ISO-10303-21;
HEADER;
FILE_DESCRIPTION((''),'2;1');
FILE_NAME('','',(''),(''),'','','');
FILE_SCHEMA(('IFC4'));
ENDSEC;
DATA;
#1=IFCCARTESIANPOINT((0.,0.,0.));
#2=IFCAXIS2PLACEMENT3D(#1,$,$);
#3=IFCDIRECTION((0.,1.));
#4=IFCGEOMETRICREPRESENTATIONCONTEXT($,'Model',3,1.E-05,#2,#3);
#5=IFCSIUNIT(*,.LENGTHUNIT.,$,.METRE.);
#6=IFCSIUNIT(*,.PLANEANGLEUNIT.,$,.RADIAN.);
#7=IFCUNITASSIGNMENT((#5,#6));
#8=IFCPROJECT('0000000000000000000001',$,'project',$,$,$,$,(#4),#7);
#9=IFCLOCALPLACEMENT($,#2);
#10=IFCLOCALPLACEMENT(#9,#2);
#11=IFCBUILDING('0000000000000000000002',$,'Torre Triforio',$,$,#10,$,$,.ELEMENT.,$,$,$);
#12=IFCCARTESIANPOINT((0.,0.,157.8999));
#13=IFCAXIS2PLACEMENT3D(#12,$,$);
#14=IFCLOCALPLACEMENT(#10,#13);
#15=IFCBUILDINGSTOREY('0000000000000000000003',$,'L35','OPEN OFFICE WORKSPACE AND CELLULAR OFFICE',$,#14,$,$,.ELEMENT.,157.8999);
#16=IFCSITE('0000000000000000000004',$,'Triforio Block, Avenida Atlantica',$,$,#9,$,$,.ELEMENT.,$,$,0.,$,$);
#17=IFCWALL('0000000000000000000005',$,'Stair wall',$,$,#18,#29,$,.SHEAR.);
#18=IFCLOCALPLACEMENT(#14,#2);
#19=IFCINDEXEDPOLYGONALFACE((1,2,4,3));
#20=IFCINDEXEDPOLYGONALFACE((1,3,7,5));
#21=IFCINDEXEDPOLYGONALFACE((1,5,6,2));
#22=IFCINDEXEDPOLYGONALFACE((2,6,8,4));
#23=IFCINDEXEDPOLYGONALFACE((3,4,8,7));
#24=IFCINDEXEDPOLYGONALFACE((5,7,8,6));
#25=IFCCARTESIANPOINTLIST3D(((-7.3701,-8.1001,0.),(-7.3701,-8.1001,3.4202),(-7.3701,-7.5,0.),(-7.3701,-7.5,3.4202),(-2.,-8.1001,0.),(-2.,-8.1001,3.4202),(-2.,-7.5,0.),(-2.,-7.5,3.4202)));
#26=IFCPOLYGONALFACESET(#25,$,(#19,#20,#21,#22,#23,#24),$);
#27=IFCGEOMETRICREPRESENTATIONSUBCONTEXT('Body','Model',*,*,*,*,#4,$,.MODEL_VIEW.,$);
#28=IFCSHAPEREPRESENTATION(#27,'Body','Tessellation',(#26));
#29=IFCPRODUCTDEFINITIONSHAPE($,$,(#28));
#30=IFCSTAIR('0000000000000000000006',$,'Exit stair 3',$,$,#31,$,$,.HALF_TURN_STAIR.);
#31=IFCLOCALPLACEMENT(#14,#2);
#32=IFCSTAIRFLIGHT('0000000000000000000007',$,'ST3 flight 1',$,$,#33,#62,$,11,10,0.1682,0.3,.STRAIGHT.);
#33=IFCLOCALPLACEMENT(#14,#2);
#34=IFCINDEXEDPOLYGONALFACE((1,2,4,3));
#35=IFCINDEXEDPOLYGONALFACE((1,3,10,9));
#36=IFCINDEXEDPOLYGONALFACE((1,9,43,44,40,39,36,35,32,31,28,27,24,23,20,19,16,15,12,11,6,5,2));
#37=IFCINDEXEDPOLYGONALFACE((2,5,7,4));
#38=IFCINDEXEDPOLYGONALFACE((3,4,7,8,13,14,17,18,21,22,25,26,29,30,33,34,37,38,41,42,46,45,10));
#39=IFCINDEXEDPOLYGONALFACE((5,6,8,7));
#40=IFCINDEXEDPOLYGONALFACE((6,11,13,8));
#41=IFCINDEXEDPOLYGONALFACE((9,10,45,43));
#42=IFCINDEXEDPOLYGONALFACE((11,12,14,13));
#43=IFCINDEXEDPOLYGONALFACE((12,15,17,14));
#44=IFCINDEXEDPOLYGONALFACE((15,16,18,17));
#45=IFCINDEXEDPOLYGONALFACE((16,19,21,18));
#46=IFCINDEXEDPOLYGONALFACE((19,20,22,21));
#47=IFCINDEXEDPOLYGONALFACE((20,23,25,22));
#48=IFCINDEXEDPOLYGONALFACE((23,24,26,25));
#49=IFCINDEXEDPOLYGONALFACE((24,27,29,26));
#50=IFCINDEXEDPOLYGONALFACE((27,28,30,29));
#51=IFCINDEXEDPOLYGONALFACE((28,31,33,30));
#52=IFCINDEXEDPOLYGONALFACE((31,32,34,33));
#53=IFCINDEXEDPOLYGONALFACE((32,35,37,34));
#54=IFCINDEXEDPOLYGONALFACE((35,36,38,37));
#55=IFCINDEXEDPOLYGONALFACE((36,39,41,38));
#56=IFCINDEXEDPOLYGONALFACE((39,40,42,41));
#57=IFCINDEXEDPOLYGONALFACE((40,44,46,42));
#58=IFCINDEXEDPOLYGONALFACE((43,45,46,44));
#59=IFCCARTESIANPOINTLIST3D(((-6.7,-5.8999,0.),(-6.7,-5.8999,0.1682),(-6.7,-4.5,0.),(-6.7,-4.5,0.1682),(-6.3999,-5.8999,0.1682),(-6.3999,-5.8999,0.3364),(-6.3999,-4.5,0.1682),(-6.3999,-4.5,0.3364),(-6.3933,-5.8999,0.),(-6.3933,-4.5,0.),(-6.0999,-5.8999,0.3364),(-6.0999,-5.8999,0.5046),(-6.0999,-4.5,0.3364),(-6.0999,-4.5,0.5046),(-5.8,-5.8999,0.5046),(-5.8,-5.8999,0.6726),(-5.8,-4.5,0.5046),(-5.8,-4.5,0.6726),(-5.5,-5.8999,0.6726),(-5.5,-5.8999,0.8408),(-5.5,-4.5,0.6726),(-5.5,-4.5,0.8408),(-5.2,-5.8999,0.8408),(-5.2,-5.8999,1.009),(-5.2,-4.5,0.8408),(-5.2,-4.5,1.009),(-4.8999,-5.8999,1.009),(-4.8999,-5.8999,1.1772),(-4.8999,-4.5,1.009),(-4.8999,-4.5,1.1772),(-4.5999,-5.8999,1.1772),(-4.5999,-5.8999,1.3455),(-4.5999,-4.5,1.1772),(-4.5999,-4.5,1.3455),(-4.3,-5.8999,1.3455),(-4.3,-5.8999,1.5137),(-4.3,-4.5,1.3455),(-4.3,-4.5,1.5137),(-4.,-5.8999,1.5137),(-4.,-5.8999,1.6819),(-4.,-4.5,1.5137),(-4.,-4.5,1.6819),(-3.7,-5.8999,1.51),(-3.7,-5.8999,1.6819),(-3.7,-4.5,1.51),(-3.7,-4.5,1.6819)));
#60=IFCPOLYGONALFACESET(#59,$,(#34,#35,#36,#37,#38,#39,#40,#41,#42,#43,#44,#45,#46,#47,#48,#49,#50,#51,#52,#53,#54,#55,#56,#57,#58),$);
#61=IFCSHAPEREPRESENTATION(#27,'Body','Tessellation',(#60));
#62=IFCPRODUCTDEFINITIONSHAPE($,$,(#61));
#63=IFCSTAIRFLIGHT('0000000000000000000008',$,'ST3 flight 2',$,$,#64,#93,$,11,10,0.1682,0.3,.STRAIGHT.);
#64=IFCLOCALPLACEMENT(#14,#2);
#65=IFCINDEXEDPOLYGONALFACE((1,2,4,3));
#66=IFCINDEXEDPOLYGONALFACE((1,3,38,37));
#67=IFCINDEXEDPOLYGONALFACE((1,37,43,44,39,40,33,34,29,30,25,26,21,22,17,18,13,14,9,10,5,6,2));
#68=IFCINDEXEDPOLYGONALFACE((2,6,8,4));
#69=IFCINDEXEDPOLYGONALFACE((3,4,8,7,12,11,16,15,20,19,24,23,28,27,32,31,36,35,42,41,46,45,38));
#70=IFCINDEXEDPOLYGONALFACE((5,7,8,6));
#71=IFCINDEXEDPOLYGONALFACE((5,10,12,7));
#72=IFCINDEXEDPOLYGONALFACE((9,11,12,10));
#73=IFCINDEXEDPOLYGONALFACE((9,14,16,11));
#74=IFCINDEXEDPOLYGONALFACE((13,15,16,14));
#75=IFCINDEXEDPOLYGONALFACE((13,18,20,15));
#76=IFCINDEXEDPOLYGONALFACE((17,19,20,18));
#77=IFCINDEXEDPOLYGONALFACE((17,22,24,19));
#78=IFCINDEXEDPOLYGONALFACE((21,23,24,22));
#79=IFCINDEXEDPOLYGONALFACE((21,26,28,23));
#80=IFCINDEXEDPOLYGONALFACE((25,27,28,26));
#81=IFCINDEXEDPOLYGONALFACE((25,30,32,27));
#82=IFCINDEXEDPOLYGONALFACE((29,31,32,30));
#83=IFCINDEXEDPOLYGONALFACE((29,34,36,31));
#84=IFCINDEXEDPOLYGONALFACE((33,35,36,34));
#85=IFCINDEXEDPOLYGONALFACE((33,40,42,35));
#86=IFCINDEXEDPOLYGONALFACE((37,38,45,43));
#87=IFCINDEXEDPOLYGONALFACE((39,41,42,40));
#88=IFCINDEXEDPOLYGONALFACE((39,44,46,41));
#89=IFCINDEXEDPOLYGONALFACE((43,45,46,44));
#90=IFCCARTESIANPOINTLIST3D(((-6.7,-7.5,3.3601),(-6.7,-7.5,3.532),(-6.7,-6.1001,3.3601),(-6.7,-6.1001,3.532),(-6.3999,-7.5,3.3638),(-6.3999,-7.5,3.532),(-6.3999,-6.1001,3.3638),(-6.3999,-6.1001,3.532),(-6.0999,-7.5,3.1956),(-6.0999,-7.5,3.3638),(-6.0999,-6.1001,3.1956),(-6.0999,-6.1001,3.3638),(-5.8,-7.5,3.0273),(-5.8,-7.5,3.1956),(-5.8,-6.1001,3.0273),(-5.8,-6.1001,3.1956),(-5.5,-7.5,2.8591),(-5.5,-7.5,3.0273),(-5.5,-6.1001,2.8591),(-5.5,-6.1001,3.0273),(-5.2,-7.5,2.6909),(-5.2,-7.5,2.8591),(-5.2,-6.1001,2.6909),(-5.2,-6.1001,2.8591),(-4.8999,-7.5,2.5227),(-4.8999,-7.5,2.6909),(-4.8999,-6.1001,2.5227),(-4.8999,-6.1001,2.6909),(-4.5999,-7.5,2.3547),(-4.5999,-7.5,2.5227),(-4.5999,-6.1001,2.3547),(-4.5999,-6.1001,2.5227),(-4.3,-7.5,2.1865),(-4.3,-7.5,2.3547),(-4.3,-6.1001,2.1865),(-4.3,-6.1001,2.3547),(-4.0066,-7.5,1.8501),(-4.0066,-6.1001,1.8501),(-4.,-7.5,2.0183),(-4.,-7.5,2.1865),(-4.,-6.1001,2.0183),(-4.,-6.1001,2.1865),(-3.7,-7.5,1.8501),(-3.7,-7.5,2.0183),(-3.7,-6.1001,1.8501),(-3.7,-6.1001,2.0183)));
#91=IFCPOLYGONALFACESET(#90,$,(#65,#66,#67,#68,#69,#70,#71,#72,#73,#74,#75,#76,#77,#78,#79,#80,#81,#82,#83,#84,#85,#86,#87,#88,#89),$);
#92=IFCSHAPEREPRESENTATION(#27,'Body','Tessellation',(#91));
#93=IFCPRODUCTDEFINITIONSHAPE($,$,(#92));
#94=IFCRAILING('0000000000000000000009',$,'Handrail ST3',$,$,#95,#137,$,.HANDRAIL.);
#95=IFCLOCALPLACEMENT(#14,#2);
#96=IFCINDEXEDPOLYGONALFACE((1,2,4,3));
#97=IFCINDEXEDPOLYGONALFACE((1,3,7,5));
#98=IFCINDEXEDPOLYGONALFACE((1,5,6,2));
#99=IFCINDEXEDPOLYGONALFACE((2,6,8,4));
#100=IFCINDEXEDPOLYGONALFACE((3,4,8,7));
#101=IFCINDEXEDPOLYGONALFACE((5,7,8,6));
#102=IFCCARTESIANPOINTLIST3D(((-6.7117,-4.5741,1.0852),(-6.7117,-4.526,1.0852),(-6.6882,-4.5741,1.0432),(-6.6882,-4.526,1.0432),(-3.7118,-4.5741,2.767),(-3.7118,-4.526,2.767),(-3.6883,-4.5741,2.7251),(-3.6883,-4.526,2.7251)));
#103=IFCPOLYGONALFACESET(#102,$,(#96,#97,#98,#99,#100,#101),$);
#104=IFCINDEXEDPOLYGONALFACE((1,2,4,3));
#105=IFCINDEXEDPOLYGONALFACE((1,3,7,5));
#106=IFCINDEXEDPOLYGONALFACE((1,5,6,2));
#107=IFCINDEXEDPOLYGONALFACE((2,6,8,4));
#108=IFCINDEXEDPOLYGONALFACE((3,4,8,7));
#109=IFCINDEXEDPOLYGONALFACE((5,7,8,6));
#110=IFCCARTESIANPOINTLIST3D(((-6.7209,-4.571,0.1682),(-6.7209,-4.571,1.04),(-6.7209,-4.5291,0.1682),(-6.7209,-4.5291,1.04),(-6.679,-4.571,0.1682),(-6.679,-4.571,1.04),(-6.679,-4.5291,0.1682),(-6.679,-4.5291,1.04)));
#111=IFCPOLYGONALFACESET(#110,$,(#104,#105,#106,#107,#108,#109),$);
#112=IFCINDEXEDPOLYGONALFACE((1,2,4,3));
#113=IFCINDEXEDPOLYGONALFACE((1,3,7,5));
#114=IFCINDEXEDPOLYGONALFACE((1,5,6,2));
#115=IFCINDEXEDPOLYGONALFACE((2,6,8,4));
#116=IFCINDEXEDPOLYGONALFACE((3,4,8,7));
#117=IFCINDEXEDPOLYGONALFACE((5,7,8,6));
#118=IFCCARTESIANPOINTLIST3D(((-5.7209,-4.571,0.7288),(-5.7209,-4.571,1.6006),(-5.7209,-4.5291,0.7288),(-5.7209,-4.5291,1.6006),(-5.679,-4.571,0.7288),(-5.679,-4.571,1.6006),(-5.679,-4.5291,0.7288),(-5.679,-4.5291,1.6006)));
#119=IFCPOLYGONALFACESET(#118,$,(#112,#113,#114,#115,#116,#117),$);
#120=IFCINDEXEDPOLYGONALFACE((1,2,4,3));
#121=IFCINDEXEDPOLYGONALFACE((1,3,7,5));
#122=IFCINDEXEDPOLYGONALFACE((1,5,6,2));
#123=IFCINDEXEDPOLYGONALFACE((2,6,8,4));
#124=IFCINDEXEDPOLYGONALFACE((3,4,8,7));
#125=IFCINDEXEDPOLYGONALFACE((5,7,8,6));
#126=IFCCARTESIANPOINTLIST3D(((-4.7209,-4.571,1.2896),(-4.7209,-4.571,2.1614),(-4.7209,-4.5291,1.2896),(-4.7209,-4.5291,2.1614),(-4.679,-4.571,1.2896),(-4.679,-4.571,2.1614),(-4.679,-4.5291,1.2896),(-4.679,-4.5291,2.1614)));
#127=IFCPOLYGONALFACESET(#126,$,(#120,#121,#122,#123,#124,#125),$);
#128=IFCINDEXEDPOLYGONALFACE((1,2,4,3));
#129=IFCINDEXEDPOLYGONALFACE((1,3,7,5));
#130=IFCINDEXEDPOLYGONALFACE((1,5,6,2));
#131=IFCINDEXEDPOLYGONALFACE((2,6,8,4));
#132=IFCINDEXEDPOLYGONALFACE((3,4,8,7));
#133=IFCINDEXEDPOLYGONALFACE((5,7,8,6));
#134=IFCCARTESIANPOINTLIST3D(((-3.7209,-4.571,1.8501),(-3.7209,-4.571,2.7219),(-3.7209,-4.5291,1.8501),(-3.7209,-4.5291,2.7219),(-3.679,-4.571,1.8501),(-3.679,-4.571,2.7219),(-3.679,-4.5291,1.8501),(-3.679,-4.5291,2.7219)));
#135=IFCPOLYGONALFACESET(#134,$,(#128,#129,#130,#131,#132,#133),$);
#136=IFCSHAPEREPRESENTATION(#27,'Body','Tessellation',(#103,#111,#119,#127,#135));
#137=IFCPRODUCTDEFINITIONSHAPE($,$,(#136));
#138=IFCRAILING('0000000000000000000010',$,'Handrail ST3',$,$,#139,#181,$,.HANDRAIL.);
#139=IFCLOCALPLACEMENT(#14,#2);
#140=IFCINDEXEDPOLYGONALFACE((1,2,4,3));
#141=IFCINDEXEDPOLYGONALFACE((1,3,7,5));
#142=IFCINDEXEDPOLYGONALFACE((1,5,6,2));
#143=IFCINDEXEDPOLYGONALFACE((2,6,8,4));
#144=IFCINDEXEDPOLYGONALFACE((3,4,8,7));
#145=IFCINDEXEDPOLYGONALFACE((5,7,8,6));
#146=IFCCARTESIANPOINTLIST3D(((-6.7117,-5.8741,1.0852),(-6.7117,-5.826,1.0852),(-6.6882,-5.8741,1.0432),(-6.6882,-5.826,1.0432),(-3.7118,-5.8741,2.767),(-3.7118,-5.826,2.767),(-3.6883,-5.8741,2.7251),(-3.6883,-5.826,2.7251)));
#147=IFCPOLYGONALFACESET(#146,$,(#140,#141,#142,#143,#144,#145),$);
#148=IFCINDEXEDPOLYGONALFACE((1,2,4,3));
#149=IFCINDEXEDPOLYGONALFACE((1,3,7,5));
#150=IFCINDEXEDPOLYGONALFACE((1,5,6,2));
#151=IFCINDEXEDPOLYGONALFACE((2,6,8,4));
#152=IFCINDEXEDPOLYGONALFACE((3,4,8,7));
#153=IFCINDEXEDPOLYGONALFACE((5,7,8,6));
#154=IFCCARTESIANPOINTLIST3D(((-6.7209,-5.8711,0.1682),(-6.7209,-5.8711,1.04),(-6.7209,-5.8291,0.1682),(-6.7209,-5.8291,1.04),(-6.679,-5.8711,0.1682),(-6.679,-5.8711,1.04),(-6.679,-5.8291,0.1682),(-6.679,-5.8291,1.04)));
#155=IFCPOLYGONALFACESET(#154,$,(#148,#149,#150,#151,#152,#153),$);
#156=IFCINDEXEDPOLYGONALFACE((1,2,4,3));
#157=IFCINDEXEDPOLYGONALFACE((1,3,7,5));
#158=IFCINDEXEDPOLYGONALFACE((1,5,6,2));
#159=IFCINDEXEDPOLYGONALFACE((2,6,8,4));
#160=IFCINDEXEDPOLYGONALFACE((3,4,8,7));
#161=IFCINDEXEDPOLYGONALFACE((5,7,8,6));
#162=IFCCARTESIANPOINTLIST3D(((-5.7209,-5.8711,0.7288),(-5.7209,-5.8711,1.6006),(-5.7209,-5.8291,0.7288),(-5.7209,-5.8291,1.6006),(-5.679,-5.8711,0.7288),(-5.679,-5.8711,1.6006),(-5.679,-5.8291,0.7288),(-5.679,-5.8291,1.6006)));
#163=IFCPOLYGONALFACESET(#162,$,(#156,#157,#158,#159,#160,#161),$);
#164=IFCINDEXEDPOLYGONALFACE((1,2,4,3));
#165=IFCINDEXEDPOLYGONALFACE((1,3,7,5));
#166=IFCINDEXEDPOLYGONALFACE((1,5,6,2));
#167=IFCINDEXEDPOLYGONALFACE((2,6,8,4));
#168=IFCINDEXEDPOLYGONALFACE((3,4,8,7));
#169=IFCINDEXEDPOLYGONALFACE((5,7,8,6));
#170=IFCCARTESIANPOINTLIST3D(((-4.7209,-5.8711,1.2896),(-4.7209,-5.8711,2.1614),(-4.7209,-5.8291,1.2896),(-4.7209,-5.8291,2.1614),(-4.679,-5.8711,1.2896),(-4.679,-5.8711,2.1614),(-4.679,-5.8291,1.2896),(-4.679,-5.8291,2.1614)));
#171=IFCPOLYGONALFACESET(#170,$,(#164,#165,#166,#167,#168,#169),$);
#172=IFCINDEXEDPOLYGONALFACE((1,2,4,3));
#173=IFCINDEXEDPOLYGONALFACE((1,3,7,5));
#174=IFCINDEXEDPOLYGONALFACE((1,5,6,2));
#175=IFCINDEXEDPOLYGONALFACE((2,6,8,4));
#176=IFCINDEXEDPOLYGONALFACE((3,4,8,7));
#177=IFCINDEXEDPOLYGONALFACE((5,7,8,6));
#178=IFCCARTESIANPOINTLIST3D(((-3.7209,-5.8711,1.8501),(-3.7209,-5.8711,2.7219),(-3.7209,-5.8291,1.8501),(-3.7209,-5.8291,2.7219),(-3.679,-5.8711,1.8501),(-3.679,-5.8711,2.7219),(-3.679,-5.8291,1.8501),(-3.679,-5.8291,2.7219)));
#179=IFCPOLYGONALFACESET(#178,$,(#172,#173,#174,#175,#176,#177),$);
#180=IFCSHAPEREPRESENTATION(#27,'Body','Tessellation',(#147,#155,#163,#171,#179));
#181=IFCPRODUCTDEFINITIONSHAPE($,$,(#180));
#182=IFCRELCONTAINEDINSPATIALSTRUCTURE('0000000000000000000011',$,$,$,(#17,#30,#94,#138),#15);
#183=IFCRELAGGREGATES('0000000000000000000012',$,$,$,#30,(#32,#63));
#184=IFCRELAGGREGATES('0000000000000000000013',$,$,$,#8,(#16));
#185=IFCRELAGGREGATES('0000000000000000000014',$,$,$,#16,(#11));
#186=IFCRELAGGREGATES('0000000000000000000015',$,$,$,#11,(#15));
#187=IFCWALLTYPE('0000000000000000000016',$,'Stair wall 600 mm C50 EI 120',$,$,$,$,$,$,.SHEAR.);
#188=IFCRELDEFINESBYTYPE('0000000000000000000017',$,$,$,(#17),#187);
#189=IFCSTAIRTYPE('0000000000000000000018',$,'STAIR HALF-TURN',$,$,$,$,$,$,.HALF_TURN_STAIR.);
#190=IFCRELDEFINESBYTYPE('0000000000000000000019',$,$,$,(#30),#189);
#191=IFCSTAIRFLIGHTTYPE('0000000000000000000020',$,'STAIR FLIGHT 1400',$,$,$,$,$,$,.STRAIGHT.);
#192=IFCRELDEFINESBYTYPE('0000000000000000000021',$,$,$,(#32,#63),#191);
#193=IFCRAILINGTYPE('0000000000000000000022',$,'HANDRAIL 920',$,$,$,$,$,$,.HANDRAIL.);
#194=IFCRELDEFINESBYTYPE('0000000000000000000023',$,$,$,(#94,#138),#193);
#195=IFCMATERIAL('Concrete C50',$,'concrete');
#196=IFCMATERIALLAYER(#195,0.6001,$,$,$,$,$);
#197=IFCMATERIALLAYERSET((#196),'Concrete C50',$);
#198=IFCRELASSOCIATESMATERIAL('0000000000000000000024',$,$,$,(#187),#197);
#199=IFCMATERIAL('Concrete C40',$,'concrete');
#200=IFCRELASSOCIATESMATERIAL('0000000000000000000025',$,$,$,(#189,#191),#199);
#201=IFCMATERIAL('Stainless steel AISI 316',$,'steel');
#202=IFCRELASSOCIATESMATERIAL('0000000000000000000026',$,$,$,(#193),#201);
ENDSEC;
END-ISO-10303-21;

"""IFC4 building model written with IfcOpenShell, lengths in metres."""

from ifc_helpers import new_model, si_unit, direction, frame, frame_2d, origin, origin_2d, place, context, subcontext, project, spatial, polyline, rectangle, outline, extrude, material, layer, layer_set, type_object, element, aggregate, save


model = new_model("IFC4")

# Units and contexts
model_context = context("Model", 3, precision=1e-05, world=origin(), true_north=direction((0.0, 1.0)))
body_context = subcontext(model_context, "Body", "Model", "MODEL_VIEW")
ifc_project = project(units=[si_unit("LENGTHUNIT", "METRE"), si_unit("PLANEANGLEUNIT", "RADIAN")], contexts=[model_context])

# Site, building, storey
site_placement = place(None, origin())
site = spatial("IfcSite", under=ifc_project, at=site_placement, Name="Triforio Block, Avenida Atlantica", CompositionType="ELEMENT", RefElevation=0.0)
building_placement = place(site_placement, origin())
building = spatial("IfcBuilding", under=site, at=building_placement, Name="Torre Triforio", CompositionType="ELEMENT")
storey_placement = place(building_placement, frame((0.0, 0.0, 157.8999)))
storey = spatial("IfcBuildingStorey", under=building, at=storey_placement, Name="L35", Description="OPEN OFFICE WORKSPACE AND CELLULAR OFFICE", CompositionType="ELEMENT", Elevation=157.8999)

# Shared definitions
ifc_material_1 = material(Name="Concrete C40", Category="concrete")

# Shared definitions
ifc_material_2 = material(Name="Concrete C50", Category="concrete")

# Wall
ifc_layer_1 = layer(ifc_material_2, 0.6001)
ifc_layer_set_1 = layer_set([ifc_layer_1], Name="Concrete C50")
wall_type_1 = type_object("IfcWallType", Name="Stair wall 600 mm C50 EI 120", PredefinedType="SHEAR", material=ifc_layer_set_1)
wall_1_placement = place(storey_placement, frame((-7.3701, -7.8, 0.0), z_axis=(0.0, 0.0, 1.0), x_axis=(1.0, 0.0, 0.0)))
element("IfcWall", 1, at=wall_1_placement, inside=storey, type_object=wall_type_1, Name="Stair wall", PredefinedType="SHEAR", context=body_context, shape_type="SweptSolid", body=[
    extrude(rectangle(XDim=5.3701, YDim=0.6001, at=frame_2d((2.6851, 0.0))), origin(), (0.0, 0.0, 1.0), 3.4202),
])

# Stair, stair flights
stair_type = type_object("IfcStairType", Name="STAIR HALF-TURN", PredefinedType="HALF_TURN_STAIR", material=ifc_material_1)
stair_placement = place(storey_placement, origin())
stair = element("IfcStair", 2, at=stair_placement, inside=storey, type_object=stair_type, Name="Exit stair 3", PredefinedType="HALF_TURN_STAIR")
stair_flight_type = type_object("IfcStairFlightType", Name="STAIR FLIGHT 1400", PredefinedType="STRAIGHT", material=ifc_material_1)
stair_flight_1_placement = place(storey_placement, frame((-6.7, -5.2, 0.0), z_axis=(0.0, 0.0, 1.0), x_axis=(1.0, 0.0, 0.0)))
stair_flight_1 = element("IfcStairFlight", 3, at=stair_flight_1_placement, type_object=stair_flight_type, Name="ST3 flight 1", NumberOfRisers=11, NumberOfTreads=10, PredefinedType="STRAIGHT", RiserHeight=0.1682, TreadLength=0.3, context=body_context, shape_type="SweptSolid", body=[
    extrude(outline(polyline([(0.0, 0.0), (0.0, 0.1682), (0.3, 0.1682), (0.3, 0.3364), (0.6001, 0.3364), (0.6001, 0.5046), (0.8999, 0.5046), (0.8999, 0.6726), (1.2, 0.6726), (1.2, 0.8408), (1.5, 0.8408), (1.5, 1.009), (1.8, 1.009), (1.8, 1.1772), (2.1001, 1.1772), (2.1001, 1.3455), (2.3999, 1.3455), (2.3999, 1.5137), (2.7, 1.5137), (2.7, 1.6819), (3.0, 1.6819), (3.0, 1.8501), (3.0, 1.51), (0.3066, 0.0), (0.0, 0.0)])), frame((0.0, 0.7, 0.0), z_axis=(0.0, -1.0, 0.0), x_axis=(1.0, 0.0, 0.0)), (0.0, 0.0, 1.0), 1.3999),
])
stair_flight_2_placement = place(storey_placement, frame((-3.7, -6.8, 1.8501), z_axis=(0.0, 0.0, 1.0), x_axis=(-1.0, 0.0, 0.0)))
stair_flight_2 = element("IfcStairFlight", 4, at=stair_flight_2_placement, type_object=stair_flight_type, Name="ST3 flight 2", NumberOfRisers=11, NumberOfTreads=10, PredefinedType="STRAIGHT", RiserHeight=0.1682, TreadLength=0.3, context=body_context, shape_type="SweptSolid", body=[
    extrude(outline(polyline([(0.0, 0.0), (0.0, 0.1682), (0.3, 0.1682), (0.3, 0.3364), (0.6001, 0.3364), (0.6001, 0.5046), (0.8999, 0.5046), (0.8999, 0.6726), (1.2, 0.6726), (1.2, 0.8408), (1.5, 0.8408), (1.5, 1.009), (1.8, 1.009), (1.8, 1.1772), (2.1001, 1.1772), (2.1001, 1.3455), (2.3999, 1.3455), (2.3999, 1.5137), (2.7, 1.5137), (2.7, 1.6819), (3.0, 1.6819), (3.0, 1.8501), (3.0, 1.51), (0.3066, 0.0), (0.0, 0.0)])), frame((0.0, 0.7, 0.0), z_axis=(0.0, -1.0, 0.0), x_axis=(1.0, 0.0, 0.0)), (0.0, 0.0, 1.0), 1.3999),
])
aggregate(stair, [stair_flight_1, stair_flight_2])

# Railings
ifc_material_3 = material(Name="Stainless steel AISI 316", Category="steel")
railing_type = type_object("IfcRailingType", Name="HANDRAIL 920", PredefinedType="HANDRAIL", material=ifc_material_3)
for number, where, name in (
    (5, (-6.7, -4.55, 0.1682), "Handrail ST3"),
    (6, (-6.7, -5.8501, 0.1682), "Handrail ST3"),
):
    element("IfcRailing", number, at=place(storey_placement, frame(where)), inside=storey, type_object=railing_type, Name=name, PredefinedType="HANDRAIL", context=body_context, shape_type="SweptSolid", body=[
        extrude(rectangle(XDim=0.0481, YDim=0.0481, at=origin_2d()), frame((0.0, 0.0, 0.896), z_axis=(0.872272, 0.0, 0.48902), x_axis=(0.0, 1.0, 0.0)), (0.0, 0.0, 1.0), 3.4392),
        extrude(rectangle(XDim=0.042, YDim=0.042, at=origin_2d()), origin(), (0.0, 0.0, 1.0), 0.8718),
        extrude(rectangle(XDim=0.042, YDim=0.042, at=origin_2d()), frame((1.0, 0.0, 0.5605)), (0.0, 0.0, 1.0), 0.8718),
        extrude(rectangle(XDim=0.042, YDim=0.042, at=origin_2d()), frame((2.0, 0.0, 1.1213)), (0.0, 0.0, 1.0), 0.8718),
        extrude(rectangle(XDim=0.042, YDim=0.042, at=origin_2d()), frame((3.0, 0.0, 1.6819)), (0.0, 0.0, 1.0), 0.8718),
    ])

save(model, "model.ifc")
